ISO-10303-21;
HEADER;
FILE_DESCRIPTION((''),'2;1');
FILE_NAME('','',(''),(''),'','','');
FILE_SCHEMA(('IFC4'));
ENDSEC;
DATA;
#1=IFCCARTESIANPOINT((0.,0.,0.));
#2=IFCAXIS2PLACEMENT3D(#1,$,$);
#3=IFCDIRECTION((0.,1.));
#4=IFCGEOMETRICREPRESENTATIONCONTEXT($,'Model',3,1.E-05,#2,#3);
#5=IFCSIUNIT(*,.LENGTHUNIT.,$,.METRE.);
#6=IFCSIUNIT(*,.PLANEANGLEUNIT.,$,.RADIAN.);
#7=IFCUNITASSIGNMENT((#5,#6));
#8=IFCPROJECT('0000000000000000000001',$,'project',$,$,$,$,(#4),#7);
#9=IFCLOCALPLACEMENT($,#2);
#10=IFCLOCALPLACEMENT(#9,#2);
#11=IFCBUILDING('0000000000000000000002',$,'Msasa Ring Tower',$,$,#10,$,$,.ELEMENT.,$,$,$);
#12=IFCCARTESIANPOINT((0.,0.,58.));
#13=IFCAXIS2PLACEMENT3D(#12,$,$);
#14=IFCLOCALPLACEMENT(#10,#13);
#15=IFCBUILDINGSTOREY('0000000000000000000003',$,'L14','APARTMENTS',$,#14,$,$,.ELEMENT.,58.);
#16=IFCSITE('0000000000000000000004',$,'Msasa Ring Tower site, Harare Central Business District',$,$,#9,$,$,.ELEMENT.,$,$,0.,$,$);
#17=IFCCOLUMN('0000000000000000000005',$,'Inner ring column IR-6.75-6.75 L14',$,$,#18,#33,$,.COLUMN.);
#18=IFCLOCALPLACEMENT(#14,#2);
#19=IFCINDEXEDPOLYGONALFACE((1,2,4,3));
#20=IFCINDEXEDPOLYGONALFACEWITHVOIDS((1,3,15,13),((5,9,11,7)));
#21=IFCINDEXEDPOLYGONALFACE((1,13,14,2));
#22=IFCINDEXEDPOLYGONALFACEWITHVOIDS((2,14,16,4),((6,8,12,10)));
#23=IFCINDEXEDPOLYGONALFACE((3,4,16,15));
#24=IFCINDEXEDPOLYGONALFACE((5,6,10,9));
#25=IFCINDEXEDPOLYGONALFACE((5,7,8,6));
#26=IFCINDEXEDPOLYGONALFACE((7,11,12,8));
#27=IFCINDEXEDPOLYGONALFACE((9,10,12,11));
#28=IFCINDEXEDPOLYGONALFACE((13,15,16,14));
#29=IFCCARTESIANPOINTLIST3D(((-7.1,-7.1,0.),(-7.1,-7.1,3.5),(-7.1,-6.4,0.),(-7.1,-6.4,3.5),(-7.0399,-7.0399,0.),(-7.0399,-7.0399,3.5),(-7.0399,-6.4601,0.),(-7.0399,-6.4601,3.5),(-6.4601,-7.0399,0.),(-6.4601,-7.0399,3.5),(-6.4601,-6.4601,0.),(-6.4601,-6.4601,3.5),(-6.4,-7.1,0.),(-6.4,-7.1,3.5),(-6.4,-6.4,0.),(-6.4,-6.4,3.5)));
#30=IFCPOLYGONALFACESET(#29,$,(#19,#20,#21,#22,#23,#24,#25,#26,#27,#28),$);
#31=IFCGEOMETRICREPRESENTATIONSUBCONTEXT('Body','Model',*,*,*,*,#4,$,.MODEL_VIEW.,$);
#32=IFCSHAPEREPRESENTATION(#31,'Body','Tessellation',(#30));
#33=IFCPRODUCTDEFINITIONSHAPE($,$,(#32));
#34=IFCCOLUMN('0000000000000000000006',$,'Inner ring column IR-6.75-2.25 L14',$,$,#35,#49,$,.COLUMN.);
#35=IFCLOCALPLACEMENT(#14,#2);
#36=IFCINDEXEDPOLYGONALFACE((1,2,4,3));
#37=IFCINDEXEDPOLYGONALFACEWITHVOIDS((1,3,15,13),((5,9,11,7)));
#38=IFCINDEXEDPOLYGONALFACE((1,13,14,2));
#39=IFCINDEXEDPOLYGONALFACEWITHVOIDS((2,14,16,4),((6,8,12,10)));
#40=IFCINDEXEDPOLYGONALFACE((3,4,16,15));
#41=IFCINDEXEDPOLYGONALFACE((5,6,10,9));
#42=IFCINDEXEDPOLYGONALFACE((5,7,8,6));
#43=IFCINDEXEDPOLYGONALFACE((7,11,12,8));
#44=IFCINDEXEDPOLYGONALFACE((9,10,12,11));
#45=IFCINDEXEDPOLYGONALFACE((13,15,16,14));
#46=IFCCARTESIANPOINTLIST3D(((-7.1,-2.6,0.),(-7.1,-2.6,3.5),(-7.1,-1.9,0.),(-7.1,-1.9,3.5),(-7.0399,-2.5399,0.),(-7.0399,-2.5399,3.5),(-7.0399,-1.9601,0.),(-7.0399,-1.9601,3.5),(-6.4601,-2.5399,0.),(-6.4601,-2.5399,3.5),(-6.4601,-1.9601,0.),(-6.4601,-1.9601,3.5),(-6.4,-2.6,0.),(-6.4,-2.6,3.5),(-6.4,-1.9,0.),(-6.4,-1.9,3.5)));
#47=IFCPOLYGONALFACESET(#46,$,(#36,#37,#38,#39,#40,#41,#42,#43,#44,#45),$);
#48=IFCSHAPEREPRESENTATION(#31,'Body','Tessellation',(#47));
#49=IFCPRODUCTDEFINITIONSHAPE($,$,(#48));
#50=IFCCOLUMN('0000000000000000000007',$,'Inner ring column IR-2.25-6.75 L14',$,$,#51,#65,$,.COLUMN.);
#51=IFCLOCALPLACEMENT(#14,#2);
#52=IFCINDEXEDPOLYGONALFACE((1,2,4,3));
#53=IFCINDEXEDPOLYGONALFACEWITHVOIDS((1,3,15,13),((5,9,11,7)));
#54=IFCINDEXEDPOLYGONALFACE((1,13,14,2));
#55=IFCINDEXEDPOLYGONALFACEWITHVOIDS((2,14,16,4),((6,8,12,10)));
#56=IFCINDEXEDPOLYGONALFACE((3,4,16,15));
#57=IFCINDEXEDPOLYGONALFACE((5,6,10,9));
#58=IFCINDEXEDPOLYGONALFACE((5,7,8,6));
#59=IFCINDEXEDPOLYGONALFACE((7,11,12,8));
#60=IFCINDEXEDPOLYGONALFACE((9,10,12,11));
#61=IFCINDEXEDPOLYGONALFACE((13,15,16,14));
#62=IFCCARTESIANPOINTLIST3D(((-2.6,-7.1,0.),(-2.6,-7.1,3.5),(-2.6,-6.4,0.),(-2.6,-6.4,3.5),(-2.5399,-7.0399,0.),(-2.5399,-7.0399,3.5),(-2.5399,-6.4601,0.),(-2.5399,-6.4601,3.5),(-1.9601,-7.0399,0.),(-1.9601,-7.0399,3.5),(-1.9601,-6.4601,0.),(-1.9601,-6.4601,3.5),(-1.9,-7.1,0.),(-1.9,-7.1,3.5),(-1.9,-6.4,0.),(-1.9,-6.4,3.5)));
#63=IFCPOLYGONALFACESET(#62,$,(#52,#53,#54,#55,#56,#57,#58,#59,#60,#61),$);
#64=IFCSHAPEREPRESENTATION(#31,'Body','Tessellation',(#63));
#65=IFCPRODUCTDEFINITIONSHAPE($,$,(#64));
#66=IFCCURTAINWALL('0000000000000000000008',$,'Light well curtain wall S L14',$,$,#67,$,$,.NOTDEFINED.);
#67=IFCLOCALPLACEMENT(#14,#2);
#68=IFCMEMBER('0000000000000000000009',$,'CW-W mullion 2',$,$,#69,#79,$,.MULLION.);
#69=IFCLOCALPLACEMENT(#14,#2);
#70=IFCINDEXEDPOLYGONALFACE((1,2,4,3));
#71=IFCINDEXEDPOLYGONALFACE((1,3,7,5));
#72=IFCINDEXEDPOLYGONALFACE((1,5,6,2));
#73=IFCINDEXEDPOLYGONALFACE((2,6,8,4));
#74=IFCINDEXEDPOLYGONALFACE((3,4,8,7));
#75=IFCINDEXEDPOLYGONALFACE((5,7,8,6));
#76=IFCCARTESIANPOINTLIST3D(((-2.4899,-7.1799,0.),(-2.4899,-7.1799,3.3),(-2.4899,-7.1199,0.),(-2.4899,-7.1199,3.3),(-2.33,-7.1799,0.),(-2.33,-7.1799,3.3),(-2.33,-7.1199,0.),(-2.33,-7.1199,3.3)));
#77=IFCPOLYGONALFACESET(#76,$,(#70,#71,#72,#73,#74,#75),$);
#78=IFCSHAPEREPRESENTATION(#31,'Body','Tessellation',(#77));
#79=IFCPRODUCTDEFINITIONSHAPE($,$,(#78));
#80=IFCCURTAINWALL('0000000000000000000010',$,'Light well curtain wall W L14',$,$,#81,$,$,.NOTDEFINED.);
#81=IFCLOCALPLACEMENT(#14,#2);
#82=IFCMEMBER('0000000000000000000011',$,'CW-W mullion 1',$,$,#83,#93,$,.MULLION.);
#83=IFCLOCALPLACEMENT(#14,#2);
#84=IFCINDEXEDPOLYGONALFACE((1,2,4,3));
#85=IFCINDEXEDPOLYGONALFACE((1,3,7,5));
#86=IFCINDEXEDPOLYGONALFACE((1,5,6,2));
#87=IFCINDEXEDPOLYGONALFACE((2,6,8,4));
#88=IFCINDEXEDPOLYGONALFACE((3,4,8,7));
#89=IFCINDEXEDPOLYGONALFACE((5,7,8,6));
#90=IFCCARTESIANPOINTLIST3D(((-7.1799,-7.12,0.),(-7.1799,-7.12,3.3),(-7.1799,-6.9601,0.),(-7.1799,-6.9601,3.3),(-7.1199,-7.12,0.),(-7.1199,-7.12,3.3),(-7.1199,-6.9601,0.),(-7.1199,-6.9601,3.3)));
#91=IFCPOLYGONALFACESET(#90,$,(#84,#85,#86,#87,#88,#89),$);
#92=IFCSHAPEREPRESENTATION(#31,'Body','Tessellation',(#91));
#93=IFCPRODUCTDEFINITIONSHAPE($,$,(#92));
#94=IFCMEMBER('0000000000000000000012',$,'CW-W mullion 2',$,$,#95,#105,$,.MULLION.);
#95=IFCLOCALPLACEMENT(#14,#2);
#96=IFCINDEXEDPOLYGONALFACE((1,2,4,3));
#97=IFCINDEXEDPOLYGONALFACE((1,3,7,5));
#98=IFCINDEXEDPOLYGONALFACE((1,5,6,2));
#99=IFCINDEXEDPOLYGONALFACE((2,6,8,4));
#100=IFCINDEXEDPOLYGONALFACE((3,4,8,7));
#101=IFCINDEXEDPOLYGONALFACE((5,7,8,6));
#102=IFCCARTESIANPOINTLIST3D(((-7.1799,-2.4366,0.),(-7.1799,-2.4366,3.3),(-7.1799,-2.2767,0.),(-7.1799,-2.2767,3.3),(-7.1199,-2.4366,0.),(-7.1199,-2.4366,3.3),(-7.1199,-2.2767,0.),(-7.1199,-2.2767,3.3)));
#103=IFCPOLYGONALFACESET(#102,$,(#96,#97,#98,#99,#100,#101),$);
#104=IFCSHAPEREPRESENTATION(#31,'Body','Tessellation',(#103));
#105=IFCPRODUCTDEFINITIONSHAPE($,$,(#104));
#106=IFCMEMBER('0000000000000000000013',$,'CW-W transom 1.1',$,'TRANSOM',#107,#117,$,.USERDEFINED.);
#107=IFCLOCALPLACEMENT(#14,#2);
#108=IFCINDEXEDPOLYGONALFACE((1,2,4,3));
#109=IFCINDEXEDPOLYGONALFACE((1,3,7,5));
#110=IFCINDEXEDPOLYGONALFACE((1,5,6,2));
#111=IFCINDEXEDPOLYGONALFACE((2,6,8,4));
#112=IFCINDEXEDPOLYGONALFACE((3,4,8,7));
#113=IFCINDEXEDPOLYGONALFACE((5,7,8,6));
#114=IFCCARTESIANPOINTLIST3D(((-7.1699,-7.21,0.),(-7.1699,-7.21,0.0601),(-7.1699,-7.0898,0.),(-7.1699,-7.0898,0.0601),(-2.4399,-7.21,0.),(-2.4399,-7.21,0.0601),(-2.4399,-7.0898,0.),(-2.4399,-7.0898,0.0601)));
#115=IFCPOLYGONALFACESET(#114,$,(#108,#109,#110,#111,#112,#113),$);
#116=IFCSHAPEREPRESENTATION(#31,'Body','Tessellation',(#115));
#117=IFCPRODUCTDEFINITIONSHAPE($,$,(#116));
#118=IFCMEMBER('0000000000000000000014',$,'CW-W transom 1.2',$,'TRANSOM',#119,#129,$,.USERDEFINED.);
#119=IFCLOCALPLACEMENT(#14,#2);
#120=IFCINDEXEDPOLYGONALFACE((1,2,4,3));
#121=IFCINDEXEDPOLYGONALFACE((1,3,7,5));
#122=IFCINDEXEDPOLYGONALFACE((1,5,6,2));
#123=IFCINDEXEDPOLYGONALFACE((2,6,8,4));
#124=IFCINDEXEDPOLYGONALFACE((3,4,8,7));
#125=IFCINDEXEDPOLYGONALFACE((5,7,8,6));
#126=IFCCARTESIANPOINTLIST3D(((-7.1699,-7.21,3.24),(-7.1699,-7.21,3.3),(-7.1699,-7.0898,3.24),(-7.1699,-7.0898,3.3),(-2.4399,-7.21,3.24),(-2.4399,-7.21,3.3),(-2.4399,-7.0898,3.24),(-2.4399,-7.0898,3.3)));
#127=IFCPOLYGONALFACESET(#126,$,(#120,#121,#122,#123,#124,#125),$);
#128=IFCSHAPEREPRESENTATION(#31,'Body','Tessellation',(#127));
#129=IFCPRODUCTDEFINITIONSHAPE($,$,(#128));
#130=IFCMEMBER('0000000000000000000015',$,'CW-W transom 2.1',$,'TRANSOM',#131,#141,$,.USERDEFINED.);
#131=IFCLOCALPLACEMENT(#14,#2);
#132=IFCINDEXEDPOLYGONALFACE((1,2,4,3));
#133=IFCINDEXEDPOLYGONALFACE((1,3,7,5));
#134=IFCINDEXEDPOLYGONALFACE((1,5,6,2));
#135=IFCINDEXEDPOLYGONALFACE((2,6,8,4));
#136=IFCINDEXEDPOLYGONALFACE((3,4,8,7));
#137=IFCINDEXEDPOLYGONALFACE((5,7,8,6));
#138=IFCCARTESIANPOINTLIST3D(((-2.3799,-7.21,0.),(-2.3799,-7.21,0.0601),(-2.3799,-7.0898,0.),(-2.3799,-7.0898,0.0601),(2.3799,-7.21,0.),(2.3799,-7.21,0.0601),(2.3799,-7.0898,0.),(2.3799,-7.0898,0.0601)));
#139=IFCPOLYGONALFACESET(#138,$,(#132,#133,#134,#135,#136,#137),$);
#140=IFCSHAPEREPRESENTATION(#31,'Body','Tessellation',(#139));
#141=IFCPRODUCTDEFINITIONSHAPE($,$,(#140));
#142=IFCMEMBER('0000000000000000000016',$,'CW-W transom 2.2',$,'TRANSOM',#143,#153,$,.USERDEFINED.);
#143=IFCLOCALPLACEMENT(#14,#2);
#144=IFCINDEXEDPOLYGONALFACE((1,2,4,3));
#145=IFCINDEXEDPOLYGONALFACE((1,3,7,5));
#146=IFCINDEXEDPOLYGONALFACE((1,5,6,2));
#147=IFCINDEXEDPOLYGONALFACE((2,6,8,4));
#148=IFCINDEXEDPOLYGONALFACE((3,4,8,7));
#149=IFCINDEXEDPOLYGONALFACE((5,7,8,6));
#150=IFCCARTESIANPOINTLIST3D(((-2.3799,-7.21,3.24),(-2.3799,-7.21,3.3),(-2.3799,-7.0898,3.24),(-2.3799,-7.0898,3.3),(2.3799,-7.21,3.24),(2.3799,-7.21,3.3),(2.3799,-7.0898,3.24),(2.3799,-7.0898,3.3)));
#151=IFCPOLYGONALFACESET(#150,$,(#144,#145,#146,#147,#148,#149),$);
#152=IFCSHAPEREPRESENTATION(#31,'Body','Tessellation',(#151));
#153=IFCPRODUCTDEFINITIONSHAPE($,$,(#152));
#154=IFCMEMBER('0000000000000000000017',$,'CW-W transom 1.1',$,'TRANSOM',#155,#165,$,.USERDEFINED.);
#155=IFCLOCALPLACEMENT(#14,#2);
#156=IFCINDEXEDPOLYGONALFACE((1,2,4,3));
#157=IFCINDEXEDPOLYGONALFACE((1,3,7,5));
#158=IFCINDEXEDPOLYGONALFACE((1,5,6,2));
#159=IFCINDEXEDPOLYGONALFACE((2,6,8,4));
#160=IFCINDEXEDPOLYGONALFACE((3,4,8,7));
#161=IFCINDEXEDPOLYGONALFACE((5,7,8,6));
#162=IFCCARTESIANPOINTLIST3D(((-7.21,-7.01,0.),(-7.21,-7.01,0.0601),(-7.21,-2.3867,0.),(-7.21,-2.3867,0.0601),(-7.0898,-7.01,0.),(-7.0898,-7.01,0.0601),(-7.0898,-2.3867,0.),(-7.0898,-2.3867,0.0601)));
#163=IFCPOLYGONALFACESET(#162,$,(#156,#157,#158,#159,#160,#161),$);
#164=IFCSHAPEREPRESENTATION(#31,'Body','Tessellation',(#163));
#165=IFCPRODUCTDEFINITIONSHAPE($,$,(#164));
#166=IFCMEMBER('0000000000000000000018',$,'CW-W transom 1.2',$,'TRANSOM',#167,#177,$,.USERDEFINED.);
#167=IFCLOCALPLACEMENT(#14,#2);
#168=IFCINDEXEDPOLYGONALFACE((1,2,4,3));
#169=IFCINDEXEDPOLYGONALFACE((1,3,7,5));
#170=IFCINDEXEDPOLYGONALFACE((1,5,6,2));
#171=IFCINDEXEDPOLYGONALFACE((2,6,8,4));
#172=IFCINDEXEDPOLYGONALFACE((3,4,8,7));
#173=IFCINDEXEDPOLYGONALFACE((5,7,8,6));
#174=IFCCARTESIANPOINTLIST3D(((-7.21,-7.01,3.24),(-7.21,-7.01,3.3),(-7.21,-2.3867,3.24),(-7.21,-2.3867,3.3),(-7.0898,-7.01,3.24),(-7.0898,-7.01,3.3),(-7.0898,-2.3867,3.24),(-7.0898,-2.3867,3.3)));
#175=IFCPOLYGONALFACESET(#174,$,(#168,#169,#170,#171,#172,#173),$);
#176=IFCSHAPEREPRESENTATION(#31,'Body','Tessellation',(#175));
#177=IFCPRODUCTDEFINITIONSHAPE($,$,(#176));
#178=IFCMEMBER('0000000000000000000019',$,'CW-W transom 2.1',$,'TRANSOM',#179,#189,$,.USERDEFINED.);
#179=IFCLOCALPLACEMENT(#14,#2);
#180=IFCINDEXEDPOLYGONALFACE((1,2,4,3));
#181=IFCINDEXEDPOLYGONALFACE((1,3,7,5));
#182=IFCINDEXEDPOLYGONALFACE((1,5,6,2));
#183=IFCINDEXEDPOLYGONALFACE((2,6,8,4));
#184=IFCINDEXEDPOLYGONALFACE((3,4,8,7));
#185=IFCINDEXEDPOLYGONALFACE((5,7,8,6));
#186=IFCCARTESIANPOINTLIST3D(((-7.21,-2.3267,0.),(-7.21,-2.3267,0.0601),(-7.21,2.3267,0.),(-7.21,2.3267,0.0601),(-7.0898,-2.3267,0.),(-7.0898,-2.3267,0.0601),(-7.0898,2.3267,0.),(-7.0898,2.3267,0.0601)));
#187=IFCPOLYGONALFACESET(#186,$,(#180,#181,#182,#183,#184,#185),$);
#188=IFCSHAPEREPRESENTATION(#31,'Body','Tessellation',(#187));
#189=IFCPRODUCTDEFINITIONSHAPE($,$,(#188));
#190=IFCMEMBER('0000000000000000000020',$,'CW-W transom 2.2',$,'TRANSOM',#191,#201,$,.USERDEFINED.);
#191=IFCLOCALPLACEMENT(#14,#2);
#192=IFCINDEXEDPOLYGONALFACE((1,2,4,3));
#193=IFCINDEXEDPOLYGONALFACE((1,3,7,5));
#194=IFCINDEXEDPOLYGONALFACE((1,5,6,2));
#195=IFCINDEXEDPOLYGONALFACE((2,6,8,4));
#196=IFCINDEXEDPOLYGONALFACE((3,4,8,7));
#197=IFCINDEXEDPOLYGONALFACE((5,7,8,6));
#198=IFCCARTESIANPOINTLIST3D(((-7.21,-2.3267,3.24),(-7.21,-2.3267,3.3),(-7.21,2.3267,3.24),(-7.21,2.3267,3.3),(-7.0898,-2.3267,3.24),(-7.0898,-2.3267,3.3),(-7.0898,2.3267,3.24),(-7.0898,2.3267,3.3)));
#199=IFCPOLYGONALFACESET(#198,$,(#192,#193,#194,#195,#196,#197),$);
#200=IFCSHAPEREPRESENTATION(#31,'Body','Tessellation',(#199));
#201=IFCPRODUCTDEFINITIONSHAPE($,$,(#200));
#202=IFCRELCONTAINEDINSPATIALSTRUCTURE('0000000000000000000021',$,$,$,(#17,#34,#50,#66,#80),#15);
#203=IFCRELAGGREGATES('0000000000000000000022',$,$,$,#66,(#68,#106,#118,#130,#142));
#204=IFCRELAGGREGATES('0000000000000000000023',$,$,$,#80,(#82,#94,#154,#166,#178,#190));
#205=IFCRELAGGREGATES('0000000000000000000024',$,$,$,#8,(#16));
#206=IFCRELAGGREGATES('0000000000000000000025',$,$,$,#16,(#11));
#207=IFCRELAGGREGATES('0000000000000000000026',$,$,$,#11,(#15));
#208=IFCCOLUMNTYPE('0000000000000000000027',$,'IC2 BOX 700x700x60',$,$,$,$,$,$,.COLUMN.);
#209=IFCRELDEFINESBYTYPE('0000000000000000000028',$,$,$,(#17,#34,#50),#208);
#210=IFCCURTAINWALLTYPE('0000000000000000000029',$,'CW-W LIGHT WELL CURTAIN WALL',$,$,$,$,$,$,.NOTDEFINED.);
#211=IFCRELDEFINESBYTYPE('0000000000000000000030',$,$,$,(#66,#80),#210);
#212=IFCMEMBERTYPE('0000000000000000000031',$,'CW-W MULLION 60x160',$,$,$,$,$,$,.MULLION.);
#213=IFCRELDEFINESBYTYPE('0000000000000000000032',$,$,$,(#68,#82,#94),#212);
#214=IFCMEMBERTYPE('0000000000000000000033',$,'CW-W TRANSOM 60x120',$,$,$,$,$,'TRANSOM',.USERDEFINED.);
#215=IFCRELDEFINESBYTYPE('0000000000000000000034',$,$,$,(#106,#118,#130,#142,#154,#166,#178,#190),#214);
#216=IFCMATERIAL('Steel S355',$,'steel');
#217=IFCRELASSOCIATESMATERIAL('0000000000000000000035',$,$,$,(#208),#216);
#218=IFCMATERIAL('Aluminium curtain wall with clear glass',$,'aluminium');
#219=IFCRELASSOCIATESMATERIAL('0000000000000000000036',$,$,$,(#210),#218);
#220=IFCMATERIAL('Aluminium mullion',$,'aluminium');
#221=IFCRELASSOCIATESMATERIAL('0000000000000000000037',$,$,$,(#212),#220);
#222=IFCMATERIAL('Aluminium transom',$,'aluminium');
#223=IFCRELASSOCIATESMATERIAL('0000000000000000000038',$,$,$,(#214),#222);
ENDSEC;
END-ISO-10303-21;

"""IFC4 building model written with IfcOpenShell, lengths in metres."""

from ifc_helpers import new_model, si_unit, direction, frame, origin, origin_2d, place, context, subcontext, project, spatial, rectangle, hollow_rectangle, extrude, material, material_profile, profile_set, type_object, element, aggregate, save


model = new_model("IFC4")

# Units and contexts
model_context = context("Model", 3, precision=1e-05, world=origin(), true_north=direction((0.0, 1.0)))
body_context = subcontext(model_context, "Body", "Model", "MODEL_VIEW")
ifc_project = project(units=[si_unit("LENGTHUNIT", "METRE"), si_unit("PLANEANGLEUNIT", "RADIAN")], contexts=[model_context])

# Site, building, storey
site_placement = place(None, origin())
site = spatial("IfcSite", under=ifc_project, at=site_placement, Name="Msasa Ring Tower site, Harare Central Business District", CompositionType="ELEMENT", RefElevation=0.0)
building_placement = place(site_placement, origin())
building = spatial("IfcBuilding", under=site, at=building_placement, Name="Msasa Ring Tower", CompositionType="ELEMENT")
storey_placement = place(building_placement, frame((0.0, 0.0, 58.0)))
storey = spatial("IfcBuildingStorey", under=building, at=storey_placement, Name="L14", Description="APARTMENTS", CompositionType="ELEMENT", Elevation=58.0)

# Columns
ifc_material_1 = material(Name="Steel S355", Category="steel")
ifc_material_profile_1 = material_profile(ifc_material_1, hollow_rectangle(XDim=0.7, YDim=0.7, WallThickness=0.0601, at=origin_2d()), Name="BOX 700x700x60")
ifc_profile_set_1 = profile_set([ifc_material_profile_1], Name="Steel S355")
column_type = type_object("IfcColumnType", Name="IC2 BOX 700x700x60", PredefinedType="COLUMN", material=ifc_profile_set_1)
for number, where, z_axis, x_axis, name in (
    (1, (-6.75, -6.75, 0.0), (0.0, 0.0, 1.0), (1.0, 0.0, 0.0), "Inner ring column IR-6.75-6.75 L14"),
    (2, (-6.75, -2.25, 0.0), (0.0, 0.0, 1.0), (1.0, 0.0, 0.0), "Inner ring column IR-6.75-2.25 L14"),
    (3, (-2.25, -6.75, 0.0), (0.0, 0.0, 1.0), (1.0, 0.0, 0.0), "Inner ring column IR-2.25-6.75 L14"),
):
    element("IfcColumn", number, at=place(storey_placement, frame(where, z_axis=z_axis, x_axis=x_axis)), inside=storey, type_object=column_type, Name=name, PredefinedType="COLUMN", context=body_context, shape_type="SweptSolid", body=[
        extrude(hollow_rectangle(XDim=0.7, YDim=0.7, WallThickness=0.0601, at=origin_2d()), origin(), (0.0, 0.0, 1.0), 3.5),
    ])

# Curtain wall, member
ifc_material_2 = material(Name="Aluminium curtain wall with clear glass", Category="aluminium")
curtain_wall_type = type_object("IfcCurtainWallType", Name="CW-W LIGHT WELL CURTAIN WALL", PredefinedType="NOTDEFINED", material=ifc_material_2)
curtain_wall_1_placement = place(storey_placement, origin())
curtain_wall_1 = element("IfcCurtainWall", 4, at=curtain_wall_1_placement, inside=storey, type_object=curtain_wall_type, Name="Light well curtain wall S L14", PredefinedType="NOTDEFINED")
ifc_material_3 = material(Name="Aluminium mullion", Category="aluminium")
ifc_material_profile_2 = material_profile(ifc_material_3, rectangle(XDim=0.0601, YDim=0.1599, at=origin_2d()), Name="AL 60x160")
ifc_profile_set_2 = profile_set([ifc_material_profile_2], Name="Aluminium mullion")
member_type_1 = type_object("IfcMemberType", Name="CW-W MULLION 60x160", PredefinedType="MULLION", material=ifc_profile_set_2)
member_1_placement = place(storey_placement, frame((-2.4099, -7.1499, 0.0), z_axis=(0.0, 0.0, 1.0), x_axis=(0.0, 1.0, 0.0)))
member_1 = element("IfcMember", 5, at=member_1_placement, type_object=member_type_1, Name="CW-W mullion 2", PredefinedType="MULLION", context=body_context, shape_type="SweptSolid", body=[
    extrude(rectangle(XDim=0.0601, YDim=0.1599, at=origin_2d()), origin(), (0.0, 0.0, 1.0), 3.3),
])

# Curtain wall, members
curtain_wall_2_placement = place(storey_placement, origin())
curtain_wall_2 = element("IfcCurtainWall", 6, at=curtain_wall_2_placement, inside=storey, type_object=curtain_wall_type, Name="Light well curtain wall W L14", PredefinedType="NOTDEFINED")
member_2_placement = place(storey_placement, frame((-7.1499, -7.04, 0.0), z_axis=(0.0, 0.0, 1.0), x_axis=(-1.0, 0.0, 0.0)))
member_2 = element("IfcMember", 7, at=member_2_placement, type_object=member_type_1, Name="CW-W mullion 1", PredefinedType="MULLION", context=body_context, shape_type="SweptSolid", body=[
    extrude(rectangle(XDim=0.0601, YDim=0.1599, at=origin_2d()), origin(), (0.0, 0.0, 1.0), 3.3),
])
member_3_placement = place(storey_placement, frame((-7.1499, -2.3567, 0.0), z_axis=(0.0, 0.0, 1.0), x_axis=(-1.0, 0.0, 0.0)))
member_3 = element("IfcMember", 8, at=member_3_placement, type_object=member_type_1, Name="CW-W mullion 2", PredefinedType="MULLION", context=body_context, shape_type="SweptSolid", body=[
    extrude(rectangle(XDim=0.0601, YDim=0.1599, at=origin_2d()), origin(), (0.0, 0.0, 1.0), 3.3),
])

# Members
ifc_material_4 = material(Name="Aluminium transom", Category="aluminium")
ifc_material_profile_3 = material_profile(ifc_material_4, rectangle(XDim=0.1201, YDim=0.0601, at=origin_2d()), Name="AL 60x120")
ifc_profile_set_3 = profile_set([ifc_material_profile_3], Name="Aluminium transom")
member_type_2 = type_object("IfcMemberType", Name="CW-W TRANSOM 60x120", ElementType="TRANSOM", PredefinedType="USERDEFINED", material=ifc_profile_set_3)
member_4_placement = place(storey_placement, frame((-7.1699, -7.1499, 0.03), z_axis=(1.0, 0.0, 0.0), x_axis=(0.0, 1.0, 0.0)))
member_4 = element("IfcMember", 9, at=member_4_placement, type_object=member_type_2, Name="CW-W transom 1.1", ObjectType="TRANSOM", PredefinedType="USERDEFINED", context=body_context, shape_type="SweptSolid", body=[
    extrude(rectangle(XDim=0.1201, YDim=0.0601, at=origin_2d()), origin(), (0.0, 0.0, 1.0), 4.73),
])
member_5_placement = place(storey_placement, frame((-7.1699, -7.1499, 3.27), z_axis=(1.0, 0.0, 0.0), x_axis=(0.0, 1.0, 0.0)))
member_5 = element("IfcMember", 10, at=member_5_placement, type_object=member_type_2, Name="CW-W transom 1.2", ObjectType="TRANSOM", PredefinedType="USERDEFINED", context=body_context, shape_type="SweptSolid", body=[
    extrude(rectangle(XDim=0.1201, YDim=0.0601, at=origin_2d()), origin(), (0.0, 0.0, 1.0), 4.73),
])
member_6_placement = place(storey_placement, frame((-2.3799, -7.1499, 0.03), z_axis=(1.0, 0.0, 0.0), x_axis=(0.0, 1.0, 0.0)))
member_6 = element("IfcMember", 11, at=member_6_placement, type_object=member_type_2, Name="CW-W transom 2.1", ObjectType="TRANSOM", PredefinedType="USERDEFINED", context=body_context, shape_type="SweptSolid", body=[
    extrude(rectangle(XDim=0.1201, YDim=0.0601, at=origin_2d()), origin(), (0.0, 0.0, 1.0), 4.7598),
])
member_7_placement = place(storey_placement, frame((-2.3799, -7.1499, 3.27), z_axis=(1.0, 0.0, 0.0), x_axis=(0.0, 1.0, 0.0)))
member_7 = element("IfcMember", 12, at=member_7_placement, type_object=member_type_2, Name="CW-W transom 2.2", ObjectType="TRANSOM", PredefinedType="USERDEFINED", context=body_context, shape_type="SweptSolid", body=[
    extrude(rectangle(XDim=0.1201, YDim=0.0601, at=origin_2d()), origin(), (0.0, 0.0, 1.0), 4.7598),
])
member_8_placement = place(storey_placement, frame((-7.1499, -7.01, 0.03), z_axis=(0.0, 1.0, 0.0), x_axis=(-1.0, 0.0, 0.0)))
member_8 = element("IfcMember", 13, at=member_8_placement, type_object=member_type_2, Name="CW-W transom 1.1", ObjectType="TRANSOM", PredefinedType="USERDEFINED", context=body_context, shape_type="SweptSolid", body=[
    extrude(rectangle(XDim=0.1201, YDim=0.0601, at=origin_2d()), origin(), (0.0, 0.0, 1.0), 4.6233),
])
member_9_placement = place(storey_placement, frame((-7.1499, -7.01, 3.27), z_axis=(0.0, 1.0, 0.0), x_axis=(-1.0, 0.0, 0.0)))
member_9 = element("IfcMember", 14, at=member_9_placement, type_object=member_type_2, Name="CW-W transom 1.2", ObjectType="TRANSOM", PredefinedType="USERDEFINED", context=body_context, shape_type="SweptSolid", body=[
    extrude(rectangle(XDim=0.1201, YDim=0.0601, at=origin_2d()), origin(), (0.0, 0.0, 1.0), 4.6233),
])
member_10_placement = place(storey_placement, frame((-7.1499, -2.3267, 0.03), z_axis=(0.0, 1.0, 0.0), x_axis=(-1.0, 0.0, 0.0)))
member_10 = element("IfcMember", 15, at=member_10_placement, type_object=member_type_2, Name="CW-W transom 2.1", ObjectType="TRANSOM", PredefinedType="USERDEFINED", context=body_context, shape_type="SweptSolid", body=[
    extrude(rectangle(XDim=0.1201, YDim=0.0601, at=origin_2d()), origin(), (0.0, 0.0, 1.0), 4.6533),
])
member_11_placement = place(storey_placement, frame((-7.1499, -2.3267, 3.27), z_axis=(0.0, 1.0, 0.0), x_axis=(-1.0, 0.0, 0.0)))
member_11 = element("IfcMember", 16, at=member_11_placement, type_object=member_type_2, Name="CW-W transom 2.2", ObjectType="TRANSOM", PredefinedType="USERDEFINED", context=body_context, shape_type="SweptSolid", body=[
    extrude(rectangle(XDim=0.1201, YDim=0.0601, at=origin_2d()), origin(), (0.0, 0.0, 1.0), 4.6533),
])

aggregate(curtain_wall_1, [member_1, member_4, member_5, member_6, member_7])
aggregate(curtain_wall_2, [member_2, member_3, member_8, member_9, member_10, member_11])

save(model, "model.ifc")
